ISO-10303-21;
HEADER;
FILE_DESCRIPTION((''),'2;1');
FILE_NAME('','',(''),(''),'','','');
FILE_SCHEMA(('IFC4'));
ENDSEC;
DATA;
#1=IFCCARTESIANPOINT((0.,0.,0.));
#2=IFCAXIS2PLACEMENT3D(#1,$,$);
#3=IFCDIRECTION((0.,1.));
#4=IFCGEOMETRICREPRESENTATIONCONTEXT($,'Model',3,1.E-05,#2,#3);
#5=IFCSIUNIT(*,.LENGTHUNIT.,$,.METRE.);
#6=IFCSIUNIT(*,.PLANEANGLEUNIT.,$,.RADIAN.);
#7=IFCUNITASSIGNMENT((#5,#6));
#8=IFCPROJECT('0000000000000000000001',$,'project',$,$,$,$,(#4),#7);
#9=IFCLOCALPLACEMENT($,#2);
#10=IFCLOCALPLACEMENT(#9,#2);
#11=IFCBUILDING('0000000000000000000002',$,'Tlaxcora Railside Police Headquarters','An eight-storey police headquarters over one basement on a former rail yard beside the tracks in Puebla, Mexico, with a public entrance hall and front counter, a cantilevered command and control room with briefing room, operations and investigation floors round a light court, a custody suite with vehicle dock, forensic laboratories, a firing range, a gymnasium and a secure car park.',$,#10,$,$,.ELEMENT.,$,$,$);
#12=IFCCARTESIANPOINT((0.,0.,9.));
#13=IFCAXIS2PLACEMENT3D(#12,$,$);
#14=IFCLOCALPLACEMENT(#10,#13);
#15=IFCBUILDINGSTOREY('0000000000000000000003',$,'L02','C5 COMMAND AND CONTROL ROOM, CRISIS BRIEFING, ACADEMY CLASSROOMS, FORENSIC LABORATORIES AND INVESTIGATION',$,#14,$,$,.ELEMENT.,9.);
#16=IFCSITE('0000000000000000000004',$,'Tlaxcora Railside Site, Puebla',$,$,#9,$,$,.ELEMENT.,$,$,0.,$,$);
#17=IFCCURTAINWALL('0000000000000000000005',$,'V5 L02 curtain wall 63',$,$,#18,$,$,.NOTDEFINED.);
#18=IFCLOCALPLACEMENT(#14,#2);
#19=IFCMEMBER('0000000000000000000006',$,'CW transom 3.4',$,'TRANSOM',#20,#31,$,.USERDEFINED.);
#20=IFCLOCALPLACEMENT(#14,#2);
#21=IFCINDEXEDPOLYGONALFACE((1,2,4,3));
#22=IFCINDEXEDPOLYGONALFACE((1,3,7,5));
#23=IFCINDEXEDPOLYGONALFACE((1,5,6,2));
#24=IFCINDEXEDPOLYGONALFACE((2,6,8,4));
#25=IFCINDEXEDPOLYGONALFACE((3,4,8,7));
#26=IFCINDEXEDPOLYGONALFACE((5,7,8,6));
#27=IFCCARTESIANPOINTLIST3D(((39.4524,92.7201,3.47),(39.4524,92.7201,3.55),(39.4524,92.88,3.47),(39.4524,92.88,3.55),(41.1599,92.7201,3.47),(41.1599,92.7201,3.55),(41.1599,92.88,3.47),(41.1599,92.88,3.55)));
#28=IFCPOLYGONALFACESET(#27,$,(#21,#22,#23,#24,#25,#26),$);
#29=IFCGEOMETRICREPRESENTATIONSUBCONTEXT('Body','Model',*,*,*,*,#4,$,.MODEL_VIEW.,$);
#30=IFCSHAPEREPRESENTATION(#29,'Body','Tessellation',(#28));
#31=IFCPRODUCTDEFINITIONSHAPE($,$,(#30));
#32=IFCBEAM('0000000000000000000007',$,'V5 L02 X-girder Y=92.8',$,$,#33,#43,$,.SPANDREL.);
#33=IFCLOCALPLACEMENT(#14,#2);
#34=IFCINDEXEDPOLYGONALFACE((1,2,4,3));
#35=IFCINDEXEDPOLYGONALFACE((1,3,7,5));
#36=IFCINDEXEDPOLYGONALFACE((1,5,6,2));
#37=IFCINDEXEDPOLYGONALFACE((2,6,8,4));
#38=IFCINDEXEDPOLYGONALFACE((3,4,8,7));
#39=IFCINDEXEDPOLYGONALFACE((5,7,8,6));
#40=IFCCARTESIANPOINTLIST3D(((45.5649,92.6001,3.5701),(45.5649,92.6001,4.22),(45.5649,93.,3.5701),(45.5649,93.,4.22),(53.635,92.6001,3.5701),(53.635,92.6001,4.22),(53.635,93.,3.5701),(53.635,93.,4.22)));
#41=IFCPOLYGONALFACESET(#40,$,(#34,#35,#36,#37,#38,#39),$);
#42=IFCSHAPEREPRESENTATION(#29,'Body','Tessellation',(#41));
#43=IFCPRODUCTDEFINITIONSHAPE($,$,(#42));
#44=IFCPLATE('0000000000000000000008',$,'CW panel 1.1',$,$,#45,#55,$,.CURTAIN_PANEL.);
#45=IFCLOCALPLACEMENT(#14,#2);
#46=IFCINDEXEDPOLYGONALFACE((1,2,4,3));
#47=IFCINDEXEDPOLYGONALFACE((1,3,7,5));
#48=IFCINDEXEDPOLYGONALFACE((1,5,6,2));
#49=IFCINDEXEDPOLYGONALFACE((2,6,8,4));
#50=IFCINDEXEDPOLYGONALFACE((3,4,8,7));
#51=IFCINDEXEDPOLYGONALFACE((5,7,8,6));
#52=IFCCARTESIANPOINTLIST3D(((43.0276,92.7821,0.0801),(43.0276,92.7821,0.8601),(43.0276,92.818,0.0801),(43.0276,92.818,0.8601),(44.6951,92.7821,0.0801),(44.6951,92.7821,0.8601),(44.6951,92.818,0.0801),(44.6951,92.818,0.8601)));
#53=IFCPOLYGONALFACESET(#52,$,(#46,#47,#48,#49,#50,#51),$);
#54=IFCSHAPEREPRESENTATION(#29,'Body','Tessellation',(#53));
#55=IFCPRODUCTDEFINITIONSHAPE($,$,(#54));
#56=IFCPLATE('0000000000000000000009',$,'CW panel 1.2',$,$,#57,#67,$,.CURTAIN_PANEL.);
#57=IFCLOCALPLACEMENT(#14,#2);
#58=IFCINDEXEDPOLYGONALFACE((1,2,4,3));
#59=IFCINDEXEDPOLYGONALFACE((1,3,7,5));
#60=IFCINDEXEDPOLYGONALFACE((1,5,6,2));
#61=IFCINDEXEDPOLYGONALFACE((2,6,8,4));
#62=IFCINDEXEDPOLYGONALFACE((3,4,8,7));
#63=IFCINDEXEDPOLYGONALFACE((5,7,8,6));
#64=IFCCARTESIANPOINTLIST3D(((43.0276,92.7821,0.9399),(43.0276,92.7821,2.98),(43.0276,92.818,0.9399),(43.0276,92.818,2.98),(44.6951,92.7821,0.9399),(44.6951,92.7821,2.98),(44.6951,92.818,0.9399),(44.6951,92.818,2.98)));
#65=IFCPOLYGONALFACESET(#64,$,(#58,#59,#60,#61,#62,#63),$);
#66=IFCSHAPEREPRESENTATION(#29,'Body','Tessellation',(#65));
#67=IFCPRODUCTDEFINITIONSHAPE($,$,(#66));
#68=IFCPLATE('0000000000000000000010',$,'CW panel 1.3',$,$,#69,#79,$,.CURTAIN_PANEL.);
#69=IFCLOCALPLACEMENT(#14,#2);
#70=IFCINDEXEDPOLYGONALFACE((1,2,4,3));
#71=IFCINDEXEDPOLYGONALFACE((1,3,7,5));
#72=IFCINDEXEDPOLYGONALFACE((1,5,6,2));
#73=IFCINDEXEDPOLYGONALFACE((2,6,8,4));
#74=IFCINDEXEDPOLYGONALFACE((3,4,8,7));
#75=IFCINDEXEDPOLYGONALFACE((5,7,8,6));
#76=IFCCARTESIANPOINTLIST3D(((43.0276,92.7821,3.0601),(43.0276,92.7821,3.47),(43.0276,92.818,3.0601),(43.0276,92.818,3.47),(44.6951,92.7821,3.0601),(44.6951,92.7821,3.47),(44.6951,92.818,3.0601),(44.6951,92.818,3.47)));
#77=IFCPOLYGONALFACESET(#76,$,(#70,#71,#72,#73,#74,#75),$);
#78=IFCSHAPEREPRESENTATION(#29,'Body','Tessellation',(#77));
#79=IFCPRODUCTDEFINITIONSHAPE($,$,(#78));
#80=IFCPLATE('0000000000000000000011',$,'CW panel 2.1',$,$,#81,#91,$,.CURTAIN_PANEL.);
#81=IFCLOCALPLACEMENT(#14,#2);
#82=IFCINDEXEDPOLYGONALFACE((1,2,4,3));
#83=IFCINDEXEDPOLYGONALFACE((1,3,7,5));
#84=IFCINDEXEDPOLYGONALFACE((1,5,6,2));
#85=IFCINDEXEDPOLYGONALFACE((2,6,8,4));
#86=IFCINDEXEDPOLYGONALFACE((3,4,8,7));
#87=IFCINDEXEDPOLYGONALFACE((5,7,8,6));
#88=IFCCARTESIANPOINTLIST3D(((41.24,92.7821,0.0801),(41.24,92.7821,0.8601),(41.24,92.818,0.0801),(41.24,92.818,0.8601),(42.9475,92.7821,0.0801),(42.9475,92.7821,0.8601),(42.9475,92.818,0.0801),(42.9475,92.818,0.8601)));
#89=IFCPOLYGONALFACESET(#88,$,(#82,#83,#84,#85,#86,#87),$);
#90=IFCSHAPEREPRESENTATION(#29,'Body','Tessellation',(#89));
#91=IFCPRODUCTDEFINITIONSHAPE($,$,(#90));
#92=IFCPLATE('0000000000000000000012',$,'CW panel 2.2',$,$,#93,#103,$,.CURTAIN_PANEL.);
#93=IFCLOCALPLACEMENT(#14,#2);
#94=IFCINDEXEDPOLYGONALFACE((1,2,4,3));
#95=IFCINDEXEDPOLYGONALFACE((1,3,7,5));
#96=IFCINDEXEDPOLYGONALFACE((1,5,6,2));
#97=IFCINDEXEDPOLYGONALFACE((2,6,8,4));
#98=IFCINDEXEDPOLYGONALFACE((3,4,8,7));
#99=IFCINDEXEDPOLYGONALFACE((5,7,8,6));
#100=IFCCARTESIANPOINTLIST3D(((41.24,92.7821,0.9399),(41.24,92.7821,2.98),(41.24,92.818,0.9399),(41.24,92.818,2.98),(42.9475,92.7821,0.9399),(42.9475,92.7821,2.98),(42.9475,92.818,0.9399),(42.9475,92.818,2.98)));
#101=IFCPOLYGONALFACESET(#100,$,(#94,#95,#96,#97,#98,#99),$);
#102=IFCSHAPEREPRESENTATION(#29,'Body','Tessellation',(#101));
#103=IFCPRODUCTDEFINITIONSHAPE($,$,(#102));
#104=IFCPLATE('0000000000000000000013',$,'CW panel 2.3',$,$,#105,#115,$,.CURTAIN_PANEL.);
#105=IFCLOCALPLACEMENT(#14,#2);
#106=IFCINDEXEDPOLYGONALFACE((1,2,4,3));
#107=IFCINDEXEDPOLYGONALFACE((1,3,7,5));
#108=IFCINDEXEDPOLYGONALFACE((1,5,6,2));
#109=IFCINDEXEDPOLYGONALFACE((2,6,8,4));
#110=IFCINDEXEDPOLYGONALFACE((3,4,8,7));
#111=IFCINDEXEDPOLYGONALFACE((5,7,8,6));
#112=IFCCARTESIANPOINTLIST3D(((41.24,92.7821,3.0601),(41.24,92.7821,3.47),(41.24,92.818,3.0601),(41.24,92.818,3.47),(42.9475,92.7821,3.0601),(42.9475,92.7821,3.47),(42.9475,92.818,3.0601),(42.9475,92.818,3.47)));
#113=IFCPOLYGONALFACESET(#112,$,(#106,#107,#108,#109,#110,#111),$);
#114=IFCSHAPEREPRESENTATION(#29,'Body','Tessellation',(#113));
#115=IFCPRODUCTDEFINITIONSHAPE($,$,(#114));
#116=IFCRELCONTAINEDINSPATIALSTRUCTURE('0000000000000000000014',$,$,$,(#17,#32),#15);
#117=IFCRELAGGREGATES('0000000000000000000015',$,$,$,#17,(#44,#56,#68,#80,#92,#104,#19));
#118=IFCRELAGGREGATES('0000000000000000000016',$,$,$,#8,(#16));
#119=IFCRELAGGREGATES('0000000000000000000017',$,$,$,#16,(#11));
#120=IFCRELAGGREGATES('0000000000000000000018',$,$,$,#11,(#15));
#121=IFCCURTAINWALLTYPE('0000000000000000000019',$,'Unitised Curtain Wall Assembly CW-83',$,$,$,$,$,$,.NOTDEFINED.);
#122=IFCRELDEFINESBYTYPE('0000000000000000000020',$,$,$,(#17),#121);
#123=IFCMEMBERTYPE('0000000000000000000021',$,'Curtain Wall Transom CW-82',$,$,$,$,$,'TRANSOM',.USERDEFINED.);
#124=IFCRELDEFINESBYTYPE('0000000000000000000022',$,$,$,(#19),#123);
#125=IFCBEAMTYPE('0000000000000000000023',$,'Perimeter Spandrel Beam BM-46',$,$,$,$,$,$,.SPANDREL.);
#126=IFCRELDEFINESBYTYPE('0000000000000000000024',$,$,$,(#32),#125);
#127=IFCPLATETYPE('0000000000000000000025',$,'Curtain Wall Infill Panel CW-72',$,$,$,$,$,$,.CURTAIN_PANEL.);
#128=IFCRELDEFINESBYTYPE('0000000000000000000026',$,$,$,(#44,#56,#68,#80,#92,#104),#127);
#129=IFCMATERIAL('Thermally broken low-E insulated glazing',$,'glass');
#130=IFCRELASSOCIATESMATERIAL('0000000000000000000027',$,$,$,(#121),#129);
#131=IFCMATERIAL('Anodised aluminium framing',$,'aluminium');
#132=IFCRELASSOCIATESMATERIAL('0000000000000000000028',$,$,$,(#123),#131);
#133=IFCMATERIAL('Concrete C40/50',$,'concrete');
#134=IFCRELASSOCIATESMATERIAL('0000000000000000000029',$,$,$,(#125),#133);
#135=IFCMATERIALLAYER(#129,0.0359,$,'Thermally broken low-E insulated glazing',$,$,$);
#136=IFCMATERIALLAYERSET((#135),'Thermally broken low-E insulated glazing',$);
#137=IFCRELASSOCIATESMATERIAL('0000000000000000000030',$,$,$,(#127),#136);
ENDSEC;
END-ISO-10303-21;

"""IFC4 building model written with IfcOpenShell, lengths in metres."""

from ifc_helpers import new_model, si_unit, direction, frame, origin, origin_2d, place, context, subcontext, project, spatial, rectangle, extrude, material, layer, layer_set, material_profile, profile_set, type_object, element, aggregate, save


model = new_model("IFC4")

# Units and contexts
model_context = context("Model", 3, precision=1e-05, world=origin(), true_north=direction((0.0, 1.0)))
body_context = subcontext(model_context, "Body", "Model", "MODEL_VIEW")
ifc_project = project(units=[si_unit("LENGTHUNIT", "METRE"), si_unit("PLANEANGLEUNIT", "RADIAN")], contexts=[model_context])

# Site, building, storey
site_placement = place(None, origin())
site = spatial("IfcSite", under=ifc_project, at=site_placement, Name="Tlaxcora Railside Site, Puebla", CompositionType="ELEMENT", RefElevation=0.0)
building_placement = place(site_placement, origin())
building = spatial("IfcBuilding", under=site, at=building_placement, Name="Tlaxcora Railside Police Headquarters", Description="An eight-storey police headquarters over one basement on a former rail yard beside the tracks in Puebla, Mexico, with a public entrance hall and front counter, a cantilevered command and control room with briefing room, operations and investigation floors round a light court, a custody suite with vehicle dock, forensic laboratories, a firing range, a gymnasium and a secure car park.", CompositionType="ELEMENT")
storey_placement = place(building_placement, frame((0.0, 0.0, 9.0)))
storey = spatial("IfcBuildingStorey", under=building, at=storey_placement, Name="L02", Description="C5 COMMAND AND CONTROL ROOM, CRISIS BRIEFING, ACADEMY CLASSROOMS, FORENSIC LABORATORIES AND INVESTIGATION", CompositionType="ELEMENT", Elevation=9.0)

# Shared definitions
ifc_material_1 = material(Name="Concrete C40/50", Category="concrete")

# Curtain wall, member
ifc_material_2 = material(Name="Thermally broken low-E insulated glazing", Category="glass")
curtain_wall_type = type_object("IfcCurtainWallType", Name="Unitised Curtain Wall Assembly CW-83", PredefinedType="NOTDEFINED", material=ifc_material_2)
curtain_wall_placement = place(storey_placement, origin())
curtain_wall = element("IfcCurtainWall", 1, at=curtain_wall_placement, inside=storey, type_object=curtain_wall_type, Name="V5 L02 curtain wall 63", PredefinedType="NOTDEFINED")
ifc_material_3 = material(Name="Anodised aluminium framing", Category="aluminium")
ifc_material_profile_1 = material_profile(ifc_material_3, rectangle(XDim=0.1599, YDim=0.0801, at=origin_2d()), Name="AL80X160")
ifc_profile_set_1 = profile_set([ifc_material_profile_1], Name="Anodised aluminium framing")
member_type_1 = type_object("IfcMemberType", Name="Curtain Wall Transom CW-82", ElementType="TRANSOM", PredefinedType="USERDEFINED", material=ifc_profile_set_1)
member_1_placement = place(storey_placement, frame((41.1599, 92.8, 3.51), z_axis=(-1.0, 0.0, 0.0), x_axis=(0.0, -1.0, 0.0)))
member_1 = element("IfcMember", 2, at=member_1_placement, type_object=member_type_1, Name="CW transom 3.4", ObjectType="TRANSOM", PredefinedType="USERDEFINED", context=body_context, shape_type="SweptSolid", body=[
    extrude(rectangle(XDim=0.1599, YDim=0.0801, at=origin_2d()), origin(), (0.0, 0.0, 1.0), 1.7075),
])

# Beam
ifc_material_profile_2 = material_profile(ifc_material_1, rectangle(XDim=0.3999, YDim=0.6499, at=origin_2d()), Name="RC400X650")
ifc_profile_set_2 = profile_set([ifc_material_profile_2], Name="Concrete C40/50")
beam_type = type_object("IfcBeamType", Name="Perimeter Spandrel Beam BM-46", PredefinedType="SPANDREL", material=ifc_profile_set_2)
beam_placement = place(storey_placement, frame((45.5649, 92.8, 3.895), z_axis=(1.0, 0.0, 0.0), x_axis=(0.0, 1.0, 0.0)))
element("IfcBeam", 3, at=beam_placement, inside=storey, type_object=beam_type, Name="V5 L02 X-girder Y=92.8", PredefinedType="SPANDREL", context=body_context, shape_type="SweptSolid", body=[
    extrude(rectangle(XDim=0.3999, YDim=0.6499, at=origin_2d()), origin(), (0.0, 0.0, 1.0), 8.0701),
])

# Plates
ifc_layer = layer(ifc_material_2, 0.0359, Name="Thermally broken low-E insulated glazing")
ifc_layer_set = layer_set([ifc_layer], Name="Thermally broken low-E insulated glazing")
plate_type = type_object("IfcPlateType", Name="Curtain Wall Infill Panel CW-72", PredefinedType="CURTAIN_PANEL", material=ifc_layer_set)
plate_1_placement = place(storey_placement, frame((43.8613, 92.8, 0.0801), z_axis=(0.0, 0.0, 1.0), x_axis=(-1.0, 0.0, 0.0)))
plate_1 = element("IfcPlate", 4, at=plate_1_placement, type_object=plate_type, Name="CW panel 1.1", PredefinedType="CURTAIN_PANEL", context=body_context, shape_type="SweptSolid", body=[
    extrude(rectangle(XDim=1.6675, YDim=0.0359, at=origin_2d()), origin(), (0.0, 0.0, 1.0), 0.78),
])
plate_2_placement = place(storey_placement, frame((43.8613, 92.8, 0.9399), z_axis=(0.0, 0.0, 1.0), x_axis=(-1.0, 0.0, 0.0)))
plate_2 = element("IfcPlate", 5, at=plate_2_placement, type_object=plate_type, Name="CW panel 1.2", PredefinedType="CURTAIN_PANEL", context=body_context, shape_type="SweptSolid", body=[
    extrude(rectangle(XDim=1.6675, YDim=0.0359, at=origin_2d()), origin(), (0.0, 0.0, 1.0), 2.04),
])
plate_3_placement = place(storey_placement, frame((43.8613, 92.8, 3.0601), z_axis=(0.0, 0.0, 1.0), x_axis=(-1.0, 0.0, 0.0)))
plate_3 = element("IfcPlate", 6, at=plate_3_placement, type_object=plate_type, Name="CW panel 1.3", PredefinedType="CURTAIN_PANEL", context=body_context, shape_type="SweptSolid", body=[
    extrude(rectangle(XDim=1.6675, YDim=0.0359, at=origin_2d()), origin(), (0.0, 0.0, 1.0), 0.4099),
])
plate_4_placement = place(storey_placement, frame((42.0938, 92.8, 0.0801), z_axis=(0.0, 0.0, 1.0), x_axis=(-1.0, 0.0, 0.0)))
plate_4 = element("IfcPlate", 7, at=plate_4_placement, type_object=plate_type, Name="CW panel 2.1", PredefinedType="CURTAIN_PANEL", context=body_context, shape_type="SweptSolid", body=[
    extrude(rectangle(XDim=1.7075, YDim=0.0359, at=origin_2d()), origin(), (0.0, 0.0, 1.0), 0.78),
])
plate_5_placement = place(storey_placement, frame((42.0938, 92.8, 0.9399), z_axis=(0.0, 0.0, 1.0), x_axis=(-1.0, 0.0, 0.0)))
plate_5 = element("IfcPlate", 8, at=plate_5_placement, type_object=plate_type, Name="CW panel 2.2", PredefinedType="CURTAIN_PANEL", context=body_context, shape_type="SweptSolid", body=[
    extrude(rectangle(XDim=1.7075, YDim=0.0359, at=origin_2d()), origin(), (0.0, 0.0, 1.0), 2.04),
])
plate_6_placement = place(storey_placement, frame((42.0938, 92.8, 3.0601), z_axis=(0.0, 0.0, 1.0), x_axis=(-1.0, 0.0, 0.0)))
plate_6 = element("IfcPlate", 9, at=plate_6_placement, type_object=plate_type, Name="CW panel 2.3", PredefinedType="CURTAIN_PANEL", context=body_context, shape_type="SweptSolid", body=[
    extrude(rectangle(XDim=1.7075, YDim=0.0359, at=origin_2d()), origin(), (0.0, 0.0, 1.0), 0.4099),
])
aggregate(curtain_wall, [plate_1, plate_2, plate_3, plate_4, plate_5, plate_6, member_1])

save(model, "model.ifc")
